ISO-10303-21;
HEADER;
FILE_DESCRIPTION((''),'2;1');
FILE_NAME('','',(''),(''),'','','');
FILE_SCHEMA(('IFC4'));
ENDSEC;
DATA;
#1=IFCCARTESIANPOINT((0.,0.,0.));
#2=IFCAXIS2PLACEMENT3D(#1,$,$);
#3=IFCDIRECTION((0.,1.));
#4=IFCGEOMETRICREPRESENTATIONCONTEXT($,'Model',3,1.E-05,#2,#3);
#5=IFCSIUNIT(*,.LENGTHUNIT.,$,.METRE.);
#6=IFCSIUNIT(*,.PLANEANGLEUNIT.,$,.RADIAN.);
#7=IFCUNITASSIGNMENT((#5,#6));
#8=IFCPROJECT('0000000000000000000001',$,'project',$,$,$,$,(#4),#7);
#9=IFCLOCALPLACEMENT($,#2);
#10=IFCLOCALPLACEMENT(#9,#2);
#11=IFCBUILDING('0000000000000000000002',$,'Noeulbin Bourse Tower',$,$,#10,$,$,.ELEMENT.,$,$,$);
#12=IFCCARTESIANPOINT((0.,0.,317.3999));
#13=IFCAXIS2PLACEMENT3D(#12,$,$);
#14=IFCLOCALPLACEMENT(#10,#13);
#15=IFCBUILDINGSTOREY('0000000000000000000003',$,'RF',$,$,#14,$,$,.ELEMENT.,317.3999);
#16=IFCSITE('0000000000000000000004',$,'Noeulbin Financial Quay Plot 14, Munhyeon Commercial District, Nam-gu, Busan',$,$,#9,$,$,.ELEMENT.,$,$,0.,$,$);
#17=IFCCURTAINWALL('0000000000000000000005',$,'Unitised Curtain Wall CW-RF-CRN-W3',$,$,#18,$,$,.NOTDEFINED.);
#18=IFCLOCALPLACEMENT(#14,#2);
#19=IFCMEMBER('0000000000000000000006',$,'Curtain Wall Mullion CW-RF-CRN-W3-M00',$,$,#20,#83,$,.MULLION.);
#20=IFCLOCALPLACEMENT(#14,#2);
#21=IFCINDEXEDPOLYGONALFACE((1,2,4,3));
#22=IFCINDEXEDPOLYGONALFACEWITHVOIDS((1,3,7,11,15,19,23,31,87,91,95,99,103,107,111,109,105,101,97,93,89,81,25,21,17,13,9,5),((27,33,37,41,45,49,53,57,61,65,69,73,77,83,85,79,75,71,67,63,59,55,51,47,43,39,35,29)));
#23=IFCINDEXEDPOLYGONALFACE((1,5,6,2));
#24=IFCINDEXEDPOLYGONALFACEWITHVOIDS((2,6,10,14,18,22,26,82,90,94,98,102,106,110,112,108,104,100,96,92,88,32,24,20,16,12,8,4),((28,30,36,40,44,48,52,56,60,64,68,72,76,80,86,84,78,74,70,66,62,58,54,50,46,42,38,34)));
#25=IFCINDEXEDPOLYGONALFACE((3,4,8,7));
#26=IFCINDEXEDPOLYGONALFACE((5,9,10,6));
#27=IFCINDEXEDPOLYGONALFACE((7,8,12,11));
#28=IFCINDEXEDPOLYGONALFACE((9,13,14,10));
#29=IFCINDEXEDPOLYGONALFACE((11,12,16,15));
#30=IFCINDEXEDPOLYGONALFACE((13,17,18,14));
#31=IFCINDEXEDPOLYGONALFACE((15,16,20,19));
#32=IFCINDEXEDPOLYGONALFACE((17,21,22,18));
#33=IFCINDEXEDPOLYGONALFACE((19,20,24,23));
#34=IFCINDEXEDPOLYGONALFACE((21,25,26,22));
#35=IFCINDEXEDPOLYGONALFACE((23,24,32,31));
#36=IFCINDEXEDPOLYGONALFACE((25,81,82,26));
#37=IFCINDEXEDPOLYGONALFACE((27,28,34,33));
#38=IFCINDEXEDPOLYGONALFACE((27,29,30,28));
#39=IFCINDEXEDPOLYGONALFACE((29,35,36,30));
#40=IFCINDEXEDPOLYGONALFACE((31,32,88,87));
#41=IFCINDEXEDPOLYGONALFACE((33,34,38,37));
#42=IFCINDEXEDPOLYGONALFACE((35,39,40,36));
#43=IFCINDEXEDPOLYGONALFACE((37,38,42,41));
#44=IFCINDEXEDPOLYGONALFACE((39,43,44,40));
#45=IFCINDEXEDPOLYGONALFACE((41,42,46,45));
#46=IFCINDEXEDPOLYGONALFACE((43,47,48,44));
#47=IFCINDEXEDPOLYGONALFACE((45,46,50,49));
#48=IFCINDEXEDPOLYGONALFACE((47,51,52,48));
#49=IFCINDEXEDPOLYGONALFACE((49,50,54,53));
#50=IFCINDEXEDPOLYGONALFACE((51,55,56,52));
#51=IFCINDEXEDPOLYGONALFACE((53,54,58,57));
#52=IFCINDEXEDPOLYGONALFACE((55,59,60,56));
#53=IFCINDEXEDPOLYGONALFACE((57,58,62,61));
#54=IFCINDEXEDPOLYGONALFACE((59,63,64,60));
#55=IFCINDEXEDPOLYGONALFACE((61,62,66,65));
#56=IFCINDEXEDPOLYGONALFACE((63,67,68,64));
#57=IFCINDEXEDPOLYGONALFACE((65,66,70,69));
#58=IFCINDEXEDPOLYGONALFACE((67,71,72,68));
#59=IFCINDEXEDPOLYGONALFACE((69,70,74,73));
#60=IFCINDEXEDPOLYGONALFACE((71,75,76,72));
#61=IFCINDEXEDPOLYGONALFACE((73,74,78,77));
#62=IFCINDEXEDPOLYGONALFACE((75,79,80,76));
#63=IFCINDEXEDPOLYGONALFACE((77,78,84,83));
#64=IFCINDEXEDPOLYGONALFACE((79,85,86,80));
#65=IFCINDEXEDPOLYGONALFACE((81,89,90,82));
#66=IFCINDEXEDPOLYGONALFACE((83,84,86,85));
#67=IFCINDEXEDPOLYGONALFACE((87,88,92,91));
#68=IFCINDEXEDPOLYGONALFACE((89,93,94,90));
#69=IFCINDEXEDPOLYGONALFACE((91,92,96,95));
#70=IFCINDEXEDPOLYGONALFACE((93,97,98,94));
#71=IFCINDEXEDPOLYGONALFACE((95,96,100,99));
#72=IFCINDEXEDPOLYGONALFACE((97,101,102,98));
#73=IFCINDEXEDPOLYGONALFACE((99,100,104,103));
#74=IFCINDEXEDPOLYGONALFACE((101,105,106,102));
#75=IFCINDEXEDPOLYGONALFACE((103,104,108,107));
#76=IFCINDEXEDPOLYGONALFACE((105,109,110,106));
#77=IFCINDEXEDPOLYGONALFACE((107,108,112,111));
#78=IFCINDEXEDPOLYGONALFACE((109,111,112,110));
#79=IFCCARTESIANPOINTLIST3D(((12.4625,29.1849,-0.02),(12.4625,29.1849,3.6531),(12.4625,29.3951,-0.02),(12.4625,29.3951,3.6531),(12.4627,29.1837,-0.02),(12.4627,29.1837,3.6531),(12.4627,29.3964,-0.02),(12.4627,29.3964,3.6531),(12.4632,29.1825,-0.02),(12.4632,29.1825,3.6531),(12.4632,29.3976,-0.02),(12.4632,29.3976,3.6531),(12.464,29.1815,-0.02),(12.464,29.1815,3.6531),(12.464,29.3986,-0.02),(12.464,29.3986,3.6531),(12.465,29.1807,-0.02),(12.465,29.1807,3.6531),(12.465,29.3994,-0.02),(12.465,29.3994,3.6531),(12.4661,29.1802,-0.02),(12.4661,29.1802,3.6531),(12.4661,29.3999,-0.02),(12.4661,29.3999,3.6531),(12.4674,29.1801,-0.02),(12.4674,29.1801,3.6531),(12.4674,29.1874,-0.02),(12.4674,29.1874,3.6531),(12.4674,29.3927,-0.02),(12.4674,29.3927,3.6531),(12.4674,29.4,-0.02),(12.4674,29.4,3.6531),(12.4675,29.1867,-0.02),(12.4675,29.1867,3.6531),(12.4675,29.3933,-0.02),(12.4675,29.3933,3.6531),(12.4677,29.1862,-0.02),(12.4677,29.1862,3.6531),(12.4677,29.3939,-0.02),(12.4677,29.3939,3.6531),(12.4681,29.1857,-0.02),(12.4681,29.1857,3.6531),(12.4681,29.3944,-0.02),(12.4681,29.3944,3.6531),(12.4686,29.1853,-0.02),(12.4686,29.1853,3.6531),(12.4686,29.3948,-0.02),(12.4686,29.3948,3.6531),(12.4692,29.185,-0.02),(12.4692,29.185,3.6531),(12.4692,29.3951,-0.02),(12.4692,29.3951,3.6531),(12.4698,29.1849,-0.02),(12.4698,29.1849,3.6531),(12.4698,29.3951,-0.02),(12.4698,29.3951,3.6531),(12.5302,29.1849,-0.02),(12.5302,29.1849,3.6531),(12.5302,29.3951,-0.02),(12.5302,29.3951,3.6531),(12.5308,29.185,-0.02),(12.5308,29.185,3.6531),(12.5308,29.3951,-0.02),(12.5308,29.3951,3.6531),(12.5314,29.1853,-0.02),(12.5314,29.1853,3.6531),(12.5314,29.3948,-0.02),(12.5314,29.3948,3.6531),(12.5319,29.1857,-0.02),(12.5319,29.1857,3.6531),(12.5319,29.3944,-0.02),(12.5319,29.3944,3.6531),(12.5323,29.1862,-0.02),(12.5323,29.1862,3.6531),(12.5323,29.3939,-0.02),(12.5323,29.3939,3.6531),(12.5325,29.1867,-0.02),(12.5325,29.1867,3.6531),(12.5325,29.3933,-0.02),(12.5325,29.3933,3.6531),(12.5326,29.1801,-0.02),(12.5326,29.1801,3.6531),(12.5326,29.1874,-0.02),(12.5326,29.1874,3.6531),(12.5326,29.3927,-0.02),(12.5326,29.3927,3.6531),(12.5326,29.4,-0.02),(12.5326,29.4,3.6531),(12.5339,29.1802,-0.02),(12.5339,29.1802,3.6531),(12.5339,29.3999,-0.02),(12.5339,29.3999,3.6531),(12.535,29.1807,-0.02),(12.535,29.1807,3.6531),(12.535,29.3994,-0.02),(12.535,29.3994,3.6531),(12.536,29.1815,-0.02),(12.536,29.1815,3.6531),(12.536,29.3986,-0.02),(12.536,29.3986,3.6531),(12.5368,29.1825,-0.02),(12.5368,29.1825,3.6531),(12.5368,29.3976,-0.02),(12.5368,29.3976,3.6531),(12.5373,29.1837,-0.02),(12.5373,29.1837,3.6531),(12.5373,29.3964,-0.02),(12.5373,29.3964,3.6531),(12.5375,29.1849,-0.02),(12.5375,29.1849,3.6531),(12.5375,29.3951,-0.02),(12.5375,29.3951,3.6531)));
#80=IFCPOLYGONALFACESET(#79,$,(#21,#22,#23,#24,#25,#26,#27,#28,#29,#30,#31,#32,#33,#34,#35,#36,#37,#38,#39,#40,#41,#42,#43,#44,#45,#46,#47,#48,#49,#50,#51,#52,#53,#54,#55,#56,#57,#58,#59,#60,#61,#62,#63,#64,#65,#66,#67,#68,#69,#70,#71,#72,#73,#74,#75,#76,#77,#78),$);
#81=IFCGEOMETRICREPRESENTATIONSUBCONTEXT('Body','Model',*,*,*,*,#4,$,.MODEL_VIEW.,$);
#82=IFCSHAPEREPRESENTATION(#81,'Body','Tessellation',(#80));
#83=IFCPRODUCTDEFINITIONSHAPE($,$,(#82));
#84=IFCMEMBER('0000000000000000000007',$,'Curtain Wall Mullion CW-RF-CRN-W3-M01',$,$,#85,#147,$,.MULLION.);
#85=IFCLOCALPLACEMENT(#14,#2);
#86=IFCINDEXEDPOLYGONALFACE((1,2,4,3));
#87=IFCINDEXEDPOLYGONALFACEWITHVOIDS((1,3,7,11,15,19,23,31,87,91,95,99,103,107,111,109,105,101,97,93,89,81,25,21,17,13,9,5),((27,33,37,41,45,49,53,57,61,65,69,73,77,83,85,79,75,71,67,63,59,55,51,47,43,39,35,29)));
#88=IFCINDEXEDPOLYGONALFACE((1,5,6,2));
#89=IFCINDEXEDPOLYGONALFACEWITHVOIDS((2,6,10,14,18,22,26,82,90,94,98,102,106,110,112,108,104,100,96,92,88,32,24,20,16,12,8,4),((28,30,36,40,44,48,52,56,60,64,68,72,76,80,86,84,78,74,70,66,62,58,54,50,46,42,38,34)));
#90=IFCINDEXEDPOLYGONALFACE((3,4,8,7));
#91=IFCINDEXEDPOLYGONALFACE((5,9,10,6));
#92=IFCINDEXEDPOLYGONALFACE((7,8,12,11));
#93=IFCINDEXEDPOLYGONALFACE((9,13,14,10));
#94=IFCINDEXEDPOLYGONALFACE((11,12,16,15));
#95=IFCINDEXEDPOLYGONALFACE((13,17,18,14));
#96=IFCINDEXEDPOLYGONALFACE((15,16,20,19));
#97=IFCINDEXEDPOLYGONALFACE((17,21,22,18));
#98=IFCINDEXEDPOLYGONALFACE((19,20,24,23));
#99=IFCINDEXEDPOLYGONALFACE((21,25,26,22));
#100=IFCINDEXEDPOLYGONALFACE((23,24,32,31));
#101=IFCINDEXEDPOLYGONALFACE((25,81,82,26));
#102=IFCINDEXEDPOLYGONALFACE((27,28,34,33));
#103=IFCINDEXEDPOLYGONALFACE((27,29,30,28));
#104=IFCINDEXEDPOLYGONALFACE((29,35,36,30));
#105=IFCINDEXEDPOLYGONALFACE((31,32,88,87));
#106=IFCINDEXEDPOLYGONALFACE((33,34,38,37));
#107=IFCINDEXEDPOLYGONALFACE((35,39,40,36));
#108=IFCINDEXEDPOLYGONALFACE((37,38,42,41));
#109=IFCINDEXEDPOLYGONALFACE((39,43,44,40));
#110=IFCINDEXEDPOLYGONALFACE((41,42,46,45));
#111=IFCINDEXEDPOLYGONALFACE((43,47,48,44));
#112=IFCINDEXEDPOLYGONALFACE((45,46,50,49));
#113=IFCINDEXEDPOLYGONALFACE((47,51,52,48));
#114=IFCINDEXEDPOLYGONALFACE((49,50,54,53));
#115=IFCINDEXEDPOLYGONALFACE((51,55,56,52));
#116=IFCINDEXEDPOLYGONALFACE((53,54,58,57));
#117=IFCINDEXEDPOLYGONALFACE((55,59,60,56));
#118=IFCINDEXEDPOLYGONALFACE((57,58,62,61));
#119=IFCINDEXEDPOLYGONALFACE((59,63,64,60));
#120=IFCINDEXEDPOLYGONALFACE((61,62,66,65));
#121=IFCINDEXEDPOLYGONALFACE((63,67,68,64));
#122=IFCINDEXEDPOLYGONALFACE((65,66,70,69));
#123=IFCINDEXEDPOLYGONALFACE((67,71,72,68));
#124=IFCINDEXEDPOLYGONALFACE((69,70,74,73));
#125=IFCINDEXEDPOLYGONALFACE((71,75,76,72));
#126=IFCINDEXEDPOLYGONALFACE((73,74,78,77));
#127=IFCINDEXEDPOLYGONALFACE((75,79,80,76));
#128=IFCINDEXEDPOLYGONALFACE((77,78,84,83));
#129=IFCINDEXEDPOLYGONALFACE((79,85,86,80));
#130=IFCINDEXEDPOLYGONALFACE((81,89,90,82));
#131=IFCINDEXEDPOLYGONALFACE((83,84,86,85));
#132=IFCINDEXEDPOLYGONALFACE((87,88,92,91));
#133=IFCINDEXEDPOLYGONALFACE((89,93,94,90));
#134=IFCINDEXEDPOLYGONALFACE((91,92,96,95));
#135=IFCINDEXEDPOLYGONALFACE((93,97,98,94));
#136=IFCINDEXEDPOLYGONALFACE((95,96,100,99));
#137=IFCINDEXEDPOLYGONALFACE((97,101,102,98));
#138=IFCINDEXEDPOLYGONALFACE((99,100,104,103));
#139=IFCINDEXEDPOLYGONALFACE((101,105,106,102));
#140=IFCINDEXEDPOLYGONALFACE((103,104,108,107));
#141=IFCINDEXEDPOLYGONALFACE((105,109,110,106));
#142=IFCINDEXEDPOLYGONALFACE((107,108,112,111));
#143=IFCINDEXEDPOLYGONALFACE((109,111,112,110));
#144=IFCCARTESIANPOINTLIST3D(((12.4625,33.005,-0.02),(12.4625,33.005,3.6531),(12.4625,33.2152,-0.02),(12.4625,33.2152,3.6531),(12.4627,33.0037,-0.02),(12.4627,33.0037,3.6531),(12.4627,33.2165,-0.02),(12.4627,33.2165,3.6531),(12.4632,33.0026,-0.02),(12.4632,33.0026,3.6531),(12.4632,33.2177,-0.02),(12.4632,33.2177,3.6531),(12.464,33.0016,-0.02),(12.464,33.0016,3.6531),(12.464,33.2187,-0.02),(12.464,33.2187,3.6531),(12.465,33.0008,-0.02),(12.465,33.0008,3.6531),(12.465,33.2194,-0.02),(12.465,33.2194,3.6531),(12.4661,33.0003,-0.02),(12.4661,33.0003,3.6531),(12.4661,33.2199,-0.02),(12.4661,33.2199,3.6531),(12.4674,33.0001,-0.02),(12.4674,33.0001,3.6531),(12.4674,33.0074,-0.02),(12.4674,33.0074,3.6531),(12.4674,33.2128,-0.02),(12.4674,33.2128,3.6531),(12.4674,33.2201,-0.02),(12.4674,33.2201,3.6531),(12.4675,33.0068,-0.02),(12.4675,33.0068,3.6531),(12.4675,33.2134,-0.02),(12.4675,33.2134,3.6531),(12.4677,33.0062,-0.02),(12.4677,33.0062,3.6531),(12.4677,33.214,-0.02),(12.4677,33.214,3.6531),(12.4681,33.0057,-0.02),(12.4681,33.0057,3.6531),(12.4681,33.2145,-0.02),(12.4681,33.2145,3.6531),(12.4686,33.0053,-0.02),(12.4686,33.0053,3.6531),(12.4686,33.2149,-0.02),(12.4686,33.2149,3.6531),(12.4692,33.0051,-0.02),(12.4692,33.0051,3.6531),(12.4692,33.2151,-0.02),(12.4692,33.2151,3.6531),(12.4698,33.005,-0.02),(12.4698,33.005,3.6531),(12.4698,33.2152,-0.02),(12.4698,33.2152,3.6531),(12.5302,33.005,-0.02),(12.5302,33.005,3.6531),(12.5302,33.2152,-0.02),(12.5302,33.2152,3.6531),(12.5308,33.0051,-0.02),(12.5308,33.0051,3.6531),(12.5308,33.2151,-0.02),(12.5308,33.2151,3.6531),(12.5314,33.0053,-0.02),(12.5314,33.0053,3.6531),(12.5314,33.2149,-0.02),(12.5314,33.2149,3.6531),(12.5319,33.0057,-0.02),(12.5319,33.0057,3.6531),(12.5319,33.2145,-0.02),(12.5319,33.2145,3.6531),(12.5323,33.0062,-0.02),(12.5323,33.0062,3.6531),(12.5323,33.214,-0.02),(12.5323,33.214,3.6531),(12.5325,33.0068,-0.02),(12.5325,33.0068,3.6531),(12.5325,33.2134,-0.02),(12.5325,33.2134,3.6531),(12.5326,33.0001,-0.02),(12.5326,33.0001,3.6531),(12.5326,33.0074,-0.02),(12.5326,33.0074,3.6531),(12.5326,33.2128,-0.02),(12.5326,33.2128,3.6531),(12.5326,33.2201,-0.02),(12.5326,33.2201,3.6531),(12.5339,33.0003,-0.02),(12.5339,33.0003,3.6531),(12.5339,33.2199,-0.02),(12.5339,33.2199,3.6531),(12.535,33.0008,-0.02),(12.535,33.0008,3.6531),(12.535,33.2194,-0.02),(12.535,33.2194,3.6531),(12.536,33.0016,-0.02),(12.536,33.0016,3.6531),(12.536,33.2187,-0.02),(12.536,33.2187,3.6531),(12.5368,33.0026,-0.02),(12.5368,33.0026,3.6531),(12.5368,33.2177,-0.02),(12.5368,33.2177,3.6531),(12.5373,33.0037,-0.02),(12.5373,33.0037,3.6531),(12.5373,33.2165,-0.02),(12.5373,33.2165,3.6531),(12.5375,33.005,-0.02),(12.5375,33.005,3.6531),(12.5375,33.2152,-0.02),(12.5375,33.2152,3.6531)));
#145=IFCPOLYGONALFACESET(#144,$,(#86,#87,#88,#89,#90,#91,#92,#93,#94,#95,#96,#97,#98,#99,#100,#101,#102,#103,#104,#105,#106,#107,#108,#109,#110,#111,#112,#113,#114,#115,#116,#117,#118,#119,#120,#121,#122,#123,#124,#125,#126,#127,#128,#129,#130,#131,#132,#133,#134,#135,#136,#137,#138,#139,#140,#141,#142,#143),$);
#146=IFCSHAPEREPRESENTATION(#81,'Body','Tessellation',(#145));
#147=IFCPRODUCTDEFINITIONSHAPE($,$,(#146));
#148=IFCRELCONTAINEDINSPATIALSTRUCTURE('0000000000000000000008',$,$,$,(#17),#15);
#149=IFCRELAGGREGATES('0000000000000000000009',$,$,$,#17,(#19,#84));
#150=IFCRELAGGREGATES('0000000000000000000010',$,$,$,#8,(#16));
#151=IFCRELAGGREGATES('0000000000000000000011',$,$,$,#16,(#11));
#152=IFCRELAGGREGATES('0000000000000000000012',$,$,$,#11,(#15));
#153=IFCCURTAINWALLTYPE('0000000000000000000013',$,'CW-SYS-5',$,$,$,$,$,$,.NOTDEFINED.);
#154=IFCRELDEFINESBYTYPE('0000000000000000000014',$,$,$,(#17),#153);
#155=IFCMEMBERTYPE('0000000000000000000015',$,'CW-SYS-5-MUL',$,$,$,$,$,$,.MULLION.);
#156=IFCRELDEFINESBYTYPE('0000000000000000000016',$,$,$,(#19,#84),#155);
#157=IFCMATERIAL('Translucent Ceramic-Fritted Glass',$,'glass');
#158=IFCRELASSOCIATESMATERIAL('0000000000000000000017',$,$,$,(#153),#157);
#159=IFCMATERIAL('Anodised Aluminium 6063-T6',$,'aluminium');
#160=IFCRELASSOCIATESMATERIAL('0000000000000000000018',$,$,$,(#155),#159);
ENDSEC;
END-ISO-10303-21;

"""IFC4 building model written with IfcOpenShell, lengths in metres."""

from ifc_helpers import new_model, si_unit, direction, frame, origin, origin_2d, place, context, subcontext, project, spatial, hollow_rectangle, extrude, material, material_profile, profile_set, type_object, element, aggregate, save


model = new_model("IFC4")

# Units and contexts
model_context = context("Model", 3, precision=1e-05, world=origin(), true_north=direction((0.0, 1.0)))
body_context = subcontext(model_context, "Body", "Model", "MODEL_VIEW")
ifc_project = project(units=[si_unit("LENGTHUNIT", "METRE"), si_unit("PLANEANGLEUNIT", "RADIAN")], contexts=[model_context])

# Site, building, storey
site_placement = place(None, origin())
site = spatial("IfcSite", under=ifc_project, at=site_placement, Name="Noeulbin Financial Quay Plot 14, Munhyeon Commercial District, Nam-gu, Busan", CompositionType="ELEMENT", RefElevation=0.0)
building_placement = place(site_placement, origin())
building = spatial("IfcBuilding", under=site, at=building_placement, Name="Noeulbin Bourse Tower", CompositionType="ELEMENT")
storey_placement = place(building_placement, frame((0.0, 0.0, 317.3999)))
storey = spatial("IfcBuildingStorey", under=building, at=storey_placement, Name="RF", CompositionType="ELEMENT", Elevation=317.3999)

# Curtain wall, members
ifc_material_1 = material(Name="Translucent Ceramic-Fritted Glass", Category="glass")
curtain_wall_type = type_object("IfcCurtainWallType", Name="CW-SYS-5", PredefinedType="NOTDEFINED", material=ifc_material_1)
ifc_material_2 = material(Name="Anodised Aluminium 6063-T6", Category="aluminium")
ifc_material_profile_1 = material_profile(ifc_material_2, hollow_rectangle(XDim=0.075, YDim=0.22, WallThickness=0.0049, InnerFilletRadius=0.0024, OuterFilletRadius=0.0049, at=origin_2d()), Name="ALU-MULL-75x220x5", Category="LoadBearing")
ifc_profile_set_1 = profile_set([ifc_material_profile_1], Name="Anodised Aluminium 6063-T6")
member_type_1 = type_object("IfcMemberType", Name="CW-SYS-5-MUL", PredefinedType="MULLION", material=ifc_profile_set_1)
curtain_wall_1_placement = place(storey_placement, origin())
curtain_wall_1 = element("IfcCurtainWall", 1, at=curtain_wall_1_placement, inside=storey, type_object=curtain_wall_type, Name="Unitised Curtain Wall CW-RF-CRN-W3", PredefinedType="NOTDEFINED")
member_1_placement = place(storey_placement, frame((12.5, 29.29, -0.02), z_axis=(0.0, 0.0, 1.0), x_axis=(1.0, 0.0, 0.0)))
member_1 = element("IfcMember", 2, at=member_1_placement, type_object=member_type_1, Name="Curtain Wall Mullion CW-RF-CRN-W3-M00", PredefinedType="MULLION", context=body_context, shape_type="SweptSolid", body=[
    extrude(hollow_rectangle(XDim=0.075, YDim=0.22, WallThickness=0.0049, InnerFilletRadius=0.0024, OuterFilletRadius=0.0049, at=origin_2d()), origin(), (0.0, 0.0, 1.0), 3.6731),
])
member_2_placement = place(storey_placement, frame((12.5, 33.1101, -0.02), z_axis=(0.0, 0.0, 1.0), x_axis=(1.0, 0.0, 0.0)))
member_2 = element("IfcMember", 3, at=member_2_placement, type_object=member_type_1, Name="Curtain Wall Mullion CW-RF-CRN-W3-M01", PredefinedType="MULLION", context=body_context, shape_type="SweptSolid", body=[
    extrude(hollow_rectangle(XDim=0.075, YDim=0.22, WallThickness=0.0049, InnerFilletRadius=0.0024, OuterFilletRadius=0.0049, at=origin_2d()), origin(), (0.0, 0.0, 1.0), 3.6731),
])

aggregate(curtain_wall_1, [member_1, member_2])

save(model, "model.ifc")
